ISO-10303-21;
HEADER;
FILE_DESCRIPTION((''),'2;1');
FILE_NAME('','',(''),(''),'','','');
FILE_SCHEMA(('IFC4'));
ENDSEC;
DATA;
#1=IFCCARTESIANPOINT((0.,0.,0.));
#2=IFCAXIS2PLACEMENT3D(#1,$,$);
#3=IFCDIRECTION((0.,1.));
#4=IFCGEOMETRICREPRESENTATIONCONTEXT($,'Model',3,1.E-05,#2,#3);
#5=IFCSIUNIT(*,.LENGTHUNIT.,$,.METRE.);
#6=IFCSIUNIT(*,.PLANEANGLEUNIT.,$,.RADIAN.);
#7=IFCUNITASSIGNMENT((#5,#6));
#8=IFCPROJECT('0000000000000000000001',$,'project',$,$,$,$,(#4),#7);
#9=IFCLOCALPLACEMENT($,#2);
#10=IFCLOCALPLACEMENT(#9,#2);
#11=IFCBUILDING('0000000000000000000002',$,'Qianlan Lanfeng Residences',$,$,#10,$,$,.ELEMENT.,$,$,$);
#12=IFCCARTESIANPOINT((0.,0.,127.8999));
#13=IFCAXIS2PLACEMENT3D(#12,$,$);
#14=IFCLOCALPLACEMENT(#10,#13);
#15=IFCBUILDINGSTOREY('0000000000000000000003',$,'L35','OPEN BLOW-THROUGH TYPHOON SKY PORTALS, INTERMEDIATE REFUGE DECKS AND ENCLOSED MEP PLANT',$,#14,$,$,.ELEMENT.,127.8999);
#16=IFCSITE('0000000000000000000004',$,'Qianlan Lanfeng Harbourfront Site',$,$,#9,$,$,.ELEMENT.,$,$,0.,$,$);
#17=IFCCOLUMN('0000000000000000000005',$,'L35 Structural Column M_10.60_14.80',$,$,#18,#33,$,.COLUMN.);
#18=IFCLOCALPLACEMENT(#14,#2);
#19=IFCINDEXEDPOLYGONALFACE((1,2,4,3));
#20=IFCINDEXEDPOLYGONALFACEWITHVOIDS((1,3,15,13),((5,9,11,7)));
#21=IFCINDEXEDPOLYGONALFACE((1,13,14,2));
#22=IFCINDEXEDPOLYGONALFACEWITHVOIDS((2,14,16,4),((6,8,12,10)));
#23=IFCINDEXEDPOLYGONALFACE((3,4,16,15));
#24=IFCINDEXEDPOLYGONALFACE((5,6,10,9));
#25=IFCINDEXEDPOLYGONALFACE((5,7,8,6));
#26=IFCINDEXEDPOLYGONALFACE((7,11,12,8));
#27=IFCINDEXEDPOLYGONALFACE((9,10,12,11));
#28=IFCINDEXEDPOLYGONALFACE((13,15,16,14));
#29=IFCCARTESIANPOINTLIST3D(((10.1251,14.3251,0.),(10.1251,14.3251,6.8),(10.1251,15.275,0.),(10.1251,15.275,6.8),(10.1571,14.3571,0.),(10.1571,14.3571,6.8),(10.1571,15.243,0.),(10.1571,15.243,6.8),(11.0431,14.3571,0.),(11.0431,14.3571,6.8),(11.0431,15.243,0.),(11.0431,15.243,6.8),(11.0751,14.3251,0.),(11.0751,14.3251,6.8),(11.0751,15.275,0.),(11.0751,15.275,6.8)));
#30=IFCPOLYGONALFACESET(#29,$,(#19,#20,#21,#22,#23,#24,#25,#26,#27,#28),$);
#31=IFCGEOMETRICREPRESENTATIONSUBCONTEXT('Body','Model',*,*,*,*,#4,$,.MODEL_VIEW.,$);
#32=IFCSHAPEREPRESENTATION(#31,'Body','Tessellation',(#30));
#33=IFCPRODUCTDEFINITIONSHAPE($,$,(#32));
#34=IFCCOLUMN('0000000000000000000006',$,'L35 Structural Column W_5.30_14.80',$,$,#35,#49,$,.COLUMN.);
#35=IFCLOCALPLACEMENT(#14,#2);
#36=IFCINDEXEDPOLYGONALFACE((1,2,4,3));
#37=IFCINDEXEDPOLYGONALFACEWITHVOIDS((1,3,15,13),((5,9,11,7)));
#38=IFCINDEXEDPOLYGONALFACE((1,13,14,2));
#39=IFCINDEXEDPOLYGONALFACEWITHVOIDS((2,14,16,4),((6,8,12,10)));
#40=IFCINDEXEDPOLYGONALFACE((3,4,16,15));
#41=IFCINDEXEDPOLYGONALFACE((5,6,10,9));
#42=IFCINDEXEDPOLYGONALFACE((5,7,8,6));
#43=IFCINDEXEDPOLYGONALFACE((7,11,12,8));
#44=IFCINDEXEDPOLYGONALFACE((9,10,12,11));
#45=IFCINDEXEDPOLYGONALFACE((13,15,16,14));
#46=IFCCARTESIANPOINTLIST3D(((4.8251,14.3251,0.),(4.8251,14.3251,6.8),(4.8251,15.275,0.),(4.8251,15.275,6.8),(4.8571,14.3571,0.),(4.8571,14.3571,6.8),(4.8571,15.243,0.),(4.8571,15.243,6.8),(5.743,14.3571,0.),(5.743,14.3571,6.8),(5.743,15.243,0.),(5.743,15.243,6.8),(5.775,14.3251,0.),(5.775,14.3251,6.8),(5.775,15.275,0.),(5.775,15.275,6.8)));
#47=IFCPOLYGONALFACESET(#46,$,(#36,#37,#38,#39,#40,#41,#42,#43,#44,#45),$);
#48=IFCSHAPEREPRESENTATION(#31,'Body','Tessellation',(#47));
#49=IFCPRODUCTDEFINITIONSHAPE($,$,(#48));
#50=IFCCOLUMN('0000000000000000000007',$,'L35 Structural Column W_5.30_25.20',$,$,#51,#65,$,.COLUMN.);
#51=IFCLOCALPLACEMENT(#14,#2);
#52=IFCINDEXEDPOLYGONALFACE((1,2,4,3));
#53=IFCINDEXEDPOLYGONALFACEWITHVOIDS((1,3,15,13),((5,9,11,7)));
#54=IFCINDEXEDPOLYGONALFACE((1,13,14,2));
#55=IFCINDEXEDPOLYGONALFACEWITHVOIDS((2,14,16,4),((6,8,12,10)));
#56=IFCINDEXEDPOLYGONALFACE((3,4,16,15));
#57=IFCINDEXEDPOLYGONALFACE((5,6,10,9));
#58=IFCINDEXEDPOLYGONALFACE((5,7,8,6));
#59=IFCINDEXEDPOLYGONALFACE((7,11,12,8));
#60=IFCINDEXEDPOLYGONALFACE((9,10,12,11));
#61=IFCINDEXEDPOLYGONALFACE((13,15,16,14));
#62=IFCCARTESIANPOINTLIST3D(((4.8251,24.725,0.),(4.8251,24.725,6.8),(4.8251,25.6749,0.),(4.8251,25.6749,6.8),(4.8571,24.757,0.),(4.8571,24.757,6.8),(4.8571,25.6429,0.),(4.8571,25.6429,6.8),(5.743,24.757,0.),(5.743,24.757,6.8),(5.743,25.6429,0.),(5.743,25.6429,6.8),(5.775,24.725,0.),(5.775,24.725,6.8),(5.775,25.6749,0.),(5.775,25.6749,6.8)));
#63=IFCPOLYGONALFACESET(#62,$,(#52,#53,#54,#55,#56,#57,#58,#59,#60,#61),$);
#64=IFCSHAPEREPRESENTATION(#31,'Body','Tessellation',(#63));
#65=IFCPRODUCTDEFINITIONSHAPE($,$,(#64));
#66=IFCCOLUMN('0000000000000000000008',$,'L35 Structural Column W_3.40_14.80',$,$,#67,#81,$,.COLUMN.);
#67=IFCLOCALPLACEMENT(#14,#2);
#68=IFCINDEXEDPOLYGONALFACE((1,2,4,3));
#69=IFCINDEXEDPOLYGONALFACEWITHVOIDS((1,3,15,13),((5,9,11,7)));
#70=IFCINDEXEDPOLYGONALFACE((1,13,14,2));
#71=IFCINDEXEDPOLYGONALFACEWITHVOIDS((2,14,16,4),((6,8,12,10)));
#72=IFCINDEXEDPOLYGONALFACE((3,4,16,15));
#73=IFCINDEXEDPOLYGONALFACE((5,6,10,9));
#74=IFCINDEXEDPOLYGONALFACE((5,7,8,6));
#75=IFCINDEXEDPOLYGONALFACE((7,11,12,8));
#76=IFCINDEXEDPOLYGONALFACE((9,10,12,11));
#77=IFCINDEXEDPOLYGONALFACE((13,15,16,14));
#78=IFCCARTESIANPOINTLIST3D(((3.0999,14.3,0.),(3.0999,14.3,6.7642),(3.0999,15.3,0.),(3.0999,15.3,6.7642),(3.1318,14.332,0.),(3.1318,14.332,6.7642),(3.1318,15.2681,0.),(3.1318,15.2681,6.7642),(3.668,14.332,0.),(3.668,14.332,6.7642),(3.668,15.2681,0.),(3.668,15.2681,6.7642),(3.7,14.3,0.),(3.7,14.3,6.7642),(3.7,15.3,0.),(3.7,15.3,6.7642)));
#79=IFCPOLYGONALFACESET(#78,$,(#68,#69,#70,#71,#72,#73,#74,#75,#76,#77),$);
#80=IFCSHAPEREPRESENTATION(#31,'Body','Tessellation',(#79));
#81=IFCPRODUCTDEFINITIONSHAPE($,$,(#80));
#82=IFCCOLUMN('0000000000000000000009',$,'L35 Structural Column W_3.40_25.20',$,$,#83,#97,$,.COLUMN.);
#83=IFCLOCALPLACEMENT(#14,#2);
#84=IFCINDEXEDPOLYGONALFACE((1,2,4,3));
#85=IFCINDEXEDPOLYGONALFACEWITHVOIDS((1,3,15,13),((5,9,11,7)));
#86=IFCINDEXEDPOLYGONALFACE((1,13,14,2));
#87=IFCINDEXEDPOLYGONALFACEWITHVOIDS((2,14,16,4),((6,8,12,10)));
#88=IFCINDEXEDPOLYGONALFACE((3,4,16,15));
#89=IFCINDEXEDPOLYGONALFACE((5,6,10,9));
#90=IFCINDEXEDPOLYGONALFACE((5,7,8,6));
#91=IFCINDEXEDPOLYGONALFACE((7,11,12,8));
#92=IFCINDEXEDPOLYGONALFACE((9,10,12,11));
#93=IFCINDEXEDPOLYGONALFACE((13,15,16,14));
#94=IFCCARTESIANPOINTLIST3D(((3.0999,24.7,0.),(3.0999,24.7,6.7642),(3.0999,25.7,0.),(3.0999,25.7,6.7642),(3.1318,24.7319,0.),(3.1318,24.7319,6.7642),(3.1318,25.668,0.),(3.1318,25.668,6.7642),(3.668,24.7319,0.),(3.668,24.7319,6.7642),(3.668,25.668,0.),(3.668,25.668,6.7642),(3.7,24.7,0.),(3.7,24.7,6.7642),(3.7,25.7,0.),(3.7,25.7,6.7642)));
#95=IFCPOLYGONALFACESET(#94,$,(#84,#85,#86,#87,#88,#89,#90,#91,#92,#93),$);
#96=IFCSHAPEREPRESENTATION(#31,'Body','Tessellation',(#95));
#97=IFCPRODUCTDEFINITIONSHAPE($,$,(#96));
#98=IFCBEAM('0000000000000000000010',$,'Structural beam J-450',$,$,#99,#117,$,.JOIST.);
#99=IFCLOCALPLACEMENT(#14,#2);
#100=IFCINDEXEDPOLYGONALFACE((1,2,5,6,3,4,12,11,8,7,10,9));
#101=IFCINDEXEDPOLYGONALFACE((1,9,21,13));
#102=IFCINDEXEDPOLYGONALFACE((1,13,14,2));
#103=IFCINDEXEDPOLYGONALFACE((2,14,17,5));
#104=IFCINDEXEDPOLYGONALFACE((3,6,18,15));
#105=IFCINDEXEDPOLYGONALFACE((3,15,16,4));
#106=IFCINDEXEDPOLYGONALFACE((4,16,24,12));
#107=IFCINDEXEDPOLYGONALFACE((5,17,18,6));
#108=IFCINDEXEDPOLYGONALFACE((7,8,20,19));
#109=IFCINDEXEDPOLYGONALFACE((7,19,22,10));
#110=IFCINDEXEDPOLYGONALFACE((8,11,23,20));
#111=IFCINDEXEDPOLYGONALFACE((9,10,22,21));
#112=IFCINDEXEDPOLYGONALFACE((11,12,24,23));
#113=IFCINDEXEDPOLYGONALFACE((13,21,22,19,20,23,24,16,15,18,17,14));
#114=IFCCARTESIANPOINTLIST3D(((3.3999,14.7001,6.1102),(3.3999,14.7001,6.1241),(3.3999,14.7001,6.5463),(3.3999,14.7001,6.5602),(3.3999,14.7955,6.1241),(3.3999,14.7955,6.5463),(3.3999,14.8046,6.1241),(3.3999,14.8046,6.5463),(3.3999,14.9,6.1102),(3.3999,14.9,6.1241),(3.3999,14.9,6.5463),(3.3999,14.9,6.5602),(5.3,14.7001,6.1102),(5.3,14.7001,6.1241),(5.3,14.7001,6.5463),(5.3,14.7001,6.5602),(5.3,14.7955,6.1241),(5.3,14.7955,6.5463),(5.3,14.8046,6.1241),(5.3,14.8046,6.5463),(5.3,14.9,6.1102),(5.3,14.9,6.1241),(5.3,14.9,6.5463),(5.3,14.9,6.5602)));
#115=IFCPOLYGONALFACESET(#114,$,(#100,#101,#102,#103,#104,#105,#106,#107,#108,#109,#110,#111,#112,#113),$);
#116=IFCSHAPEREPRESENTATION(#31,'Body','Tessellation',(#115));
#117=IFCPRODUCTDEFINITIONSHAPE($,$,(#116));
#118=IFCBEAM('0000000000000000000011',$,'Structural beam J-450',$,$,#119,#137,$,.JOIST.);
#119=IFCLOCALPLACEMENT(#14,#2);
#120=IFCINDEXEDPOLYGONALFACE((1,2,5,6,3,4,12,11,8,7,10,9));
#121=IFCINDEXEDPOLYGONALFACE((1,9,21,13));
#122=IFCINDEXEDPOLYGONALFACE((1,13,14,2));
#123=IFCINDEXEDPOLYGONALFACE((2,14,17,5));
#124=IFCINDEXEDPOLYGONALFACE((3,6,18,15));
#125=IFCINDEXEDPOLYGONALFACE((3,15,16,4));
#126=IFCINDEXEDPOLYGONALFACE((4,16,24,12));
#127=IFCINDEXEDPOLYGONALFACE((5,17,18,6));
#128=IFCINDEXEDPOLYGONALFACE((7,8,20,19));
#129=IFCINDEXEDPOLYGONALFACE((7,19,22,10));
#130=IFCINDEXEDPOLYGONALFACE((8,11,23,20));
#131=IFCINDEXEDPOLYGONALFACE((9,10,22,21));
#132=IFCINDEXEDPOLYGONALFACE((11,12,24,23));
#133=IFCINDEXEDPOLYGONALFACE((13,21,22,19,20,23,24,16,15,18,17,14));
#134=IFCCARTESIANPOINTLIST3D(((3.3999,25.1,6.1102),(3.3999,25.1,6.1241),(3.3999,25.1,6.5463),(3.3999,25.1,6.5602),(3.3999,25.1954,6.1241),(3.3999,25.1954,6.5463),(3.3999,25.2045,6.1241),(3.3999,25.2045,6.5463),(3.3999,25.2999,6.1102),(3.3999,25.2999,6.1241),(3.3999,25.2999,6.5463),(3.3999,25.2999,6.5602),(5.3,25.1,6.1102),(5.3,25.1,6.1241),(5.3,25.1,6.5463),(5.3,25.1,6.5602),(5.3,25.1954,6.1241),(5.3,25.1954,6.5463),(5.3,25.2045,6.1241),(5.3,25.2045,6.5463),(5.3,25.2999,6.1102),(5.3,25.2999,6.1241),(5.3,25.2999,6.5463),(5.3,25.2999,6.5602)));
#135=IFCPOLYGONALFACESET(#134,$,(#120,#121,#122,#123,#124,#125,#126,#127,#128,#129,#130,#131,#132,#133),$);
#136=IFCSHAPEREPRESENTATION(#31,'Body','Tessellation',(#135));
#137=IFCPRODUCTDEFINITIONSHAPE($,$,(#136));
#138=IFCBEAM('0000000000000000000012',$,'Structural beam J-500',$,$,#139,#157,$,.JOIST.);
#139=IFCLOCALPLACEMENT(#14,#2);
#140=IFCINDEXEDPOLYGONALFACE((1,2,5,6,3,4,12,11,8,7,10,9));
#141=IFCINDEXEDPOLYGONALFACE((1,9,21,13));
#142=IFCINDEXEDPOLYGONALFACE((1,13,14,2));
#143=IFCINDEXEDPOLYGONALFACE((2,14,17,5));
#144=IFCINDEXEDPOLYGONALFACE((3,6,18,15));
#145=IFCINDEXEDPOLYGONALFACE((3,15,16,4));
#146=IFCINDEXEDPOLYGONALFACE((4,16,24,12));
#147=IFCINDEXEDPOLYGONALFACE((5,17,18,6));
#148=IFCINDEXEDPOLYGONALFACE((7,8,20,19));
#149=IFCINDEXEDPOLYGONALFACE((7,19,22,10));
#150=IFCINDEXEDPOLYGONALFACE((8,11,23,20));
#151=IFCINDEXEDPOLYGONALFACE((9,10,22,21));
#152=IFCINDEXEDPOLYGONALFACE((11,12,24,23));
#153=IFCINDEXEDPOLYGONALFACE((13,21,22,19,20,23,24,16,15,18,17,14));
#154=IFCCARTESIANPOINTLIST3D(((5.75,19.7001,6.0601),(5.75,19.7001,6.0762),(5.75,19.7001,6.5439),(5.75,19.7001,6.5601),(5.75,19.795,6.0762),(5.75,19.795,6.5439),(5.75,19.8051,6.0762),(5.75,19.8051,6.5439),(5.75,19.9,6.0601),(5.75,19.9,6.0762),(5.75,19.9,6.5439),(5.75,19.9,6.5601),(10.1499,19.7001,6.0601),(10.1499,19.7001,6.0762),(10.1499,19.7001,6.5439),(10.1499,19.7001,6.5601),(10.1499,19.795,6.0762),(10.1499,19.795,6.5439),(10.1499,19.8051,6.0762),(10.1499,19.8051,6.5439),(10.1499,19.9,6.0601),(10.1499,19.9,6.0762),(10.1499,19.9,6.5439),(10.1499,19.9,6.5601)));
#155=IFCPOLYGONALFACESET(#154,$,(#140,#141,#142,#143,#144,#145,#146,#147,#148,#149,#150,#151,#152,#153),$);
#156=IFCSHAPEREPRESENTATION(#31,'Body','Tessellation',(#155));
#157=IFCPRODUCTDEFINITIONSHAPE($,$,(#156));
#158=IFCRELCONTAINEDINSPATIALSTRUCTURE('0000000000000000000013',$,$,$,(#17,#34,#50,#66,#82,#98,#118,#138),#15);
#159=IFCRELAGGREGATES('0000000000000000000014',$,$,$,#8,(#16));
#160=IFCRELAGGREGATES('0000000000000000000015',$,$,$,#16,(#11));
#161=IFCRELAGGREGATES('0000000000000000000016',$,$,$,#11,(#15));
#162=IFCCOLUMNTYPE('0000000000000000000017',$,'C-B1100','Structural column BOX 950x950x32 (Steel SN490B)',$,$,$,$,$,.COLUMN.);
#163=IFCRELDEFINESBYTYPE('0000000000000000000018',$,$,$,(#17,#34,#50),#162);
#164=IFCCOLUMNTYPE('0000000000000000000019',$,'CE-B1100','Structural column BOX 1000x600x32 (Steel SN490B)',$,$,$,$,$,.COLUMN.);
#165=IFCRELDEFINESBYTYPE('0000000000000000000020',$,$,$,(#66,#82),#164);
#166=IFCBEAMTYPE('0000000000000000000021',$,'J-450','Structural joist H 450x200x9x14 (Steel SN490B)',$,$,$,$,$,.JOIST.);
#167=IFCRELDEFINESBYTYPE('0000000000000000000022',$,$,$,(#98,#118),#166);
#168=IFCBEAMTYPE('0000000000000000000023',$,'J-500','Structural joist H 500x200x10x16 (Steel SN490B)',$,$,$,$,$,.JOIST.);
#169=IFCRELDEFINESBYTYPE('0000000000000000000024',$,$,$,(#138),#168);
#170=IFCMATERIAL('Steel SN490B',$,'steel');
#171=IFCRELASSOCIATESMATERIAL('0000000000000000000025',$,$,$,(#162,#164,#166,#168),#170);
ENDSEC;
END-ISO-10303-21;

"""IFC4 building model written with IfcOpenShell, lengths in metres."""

from ifc_helpers import new_model, si_unit, direction, frame, origin, origin_2d, place, context, subcontext, project, spatial, hollow_rectangle, i_section, extrude, material, material_profile, profile_set, type_object, element, save


model = new_model("IFC4")

# Units and contexts
model_context = context("Model", 3, precision=1e-05, world=origin(), true_north=direction((0.0, 1.0)))
body_context = subcontext(model_context, "Body", "Model", "MODEL_VIEW")
ifc_project = project(units=[si_unit("LENGTHUNIT", "METRE"), si_unit("PLANEANGLEUNIT", "RADIAN")], contexts=[model_context])

# Site, building, storey
site_placement = place(None, origin())
site = spatial("IfcSite", under=ifc_project, at=site_placement, Name="Qianlan Lanfeng Harbourfront Site", CompositionType="ELEMENT", RefElevation=0.0)
building_placement = place(site_placement, origin())
building = spatial("IfcBuilding", under=site, at=building_placement, Name="Qianlan Lanfeng Residences", CompositionType="ELEMENT")
storey_placement = place(building_placement, frame((0.0, 0.0, 127.8999)))
storey = spatial("IfcBuildingStorey", under=building, at=storey_placement, Name="L35", Description="OPEN BLOW-THROUGH TYPHOON SKY PORTALS, INTERMEDIATE REFUGE DECKS AND ENCLOSED MEP PLANT", CompositionType="ELEMENT", Elevation=127.8999)

# Columns
ifc_material_1 = material(Name="Steel SN490B", Category="steel")
ifc_material_profile_1 = material_profile(ifc_material_1, hollow_rectangle(XDim=0.95, YDim=0.95, WallThickness=0.032, at=origin_2d()), Name="BOX 950x950x32")
ifc_profile_set_1 = profile_set([ifc_material_profile_1], Name="Steel SN490B")
column_type_1 = type_object("IfcColumnType", Name="C-B1100", Description="Structural column BOX 950x950x32 (Steel SN490B)", PredefinedType="COLUMN", material=ifc_profile_set_1)
for number, where, z_axis, x_axis, name in (
    (1, (10.6001, 14.8, 0.0), (0.0, 0.0, 1.0), (1.0, 0.0, 0.0), "L35 Structural Column M_10.60_14.80"),
    (2, (5.3, 14.8, 0.0), (0.0, 0.0, 1.0), (1.0, 0.0, 0.0), "L35 Structural Column W_5.30_14.80"),
    (3, (5.3, 25.2, 0.0), (0.0, 0.0, 1.0), (1.0, 0.0, 0.0), "L35 Structural Column W_5.30_25.20"),
):
    element("IfcColumn", number, at=place(storey_placement, frame(where, z_axis=z_axis, x_axis=x_axis)), inside=storey, type_object=column_type_1, Name=name, PredefinedType="COLUMN", context=body_context, shape_type="SweptSolid", body=[
        extrude(hollow_rectangle(XDim=0.95, YDim=0.95, WallThickness=0.032, at=origin_2d()), origin(), (0.0, 0.0, 1.0), 6.8),
    ])
ifc_material_profile_2 = material_profile(ifc_material_1, hollow_rectangle(XDim=0.6001, YDim=1.0, WallThickness=0.032, at=origin_2d()), Name="BOX 1000x600x32")
ifc_profile_set_2 = profile_set([ifc_material_profile_2], Name="Steel SN490B")
column_type_2 = type_object("IfcColumnType", Name="CE-B1100", Description="Structural column BOX 1000x600x32 (Steel SN490B)", PredefinedType="COLUMN", material=ifc_profile_set_2)
for number, where, z_axis, x_axis, name in (
    (4, (3.3999, 14.8, 0.0), (0.0, 0.0, 1.0), (1.0, 0.0, 0.0), "L35 Structural Column W_3.40_14.80"),
    (5, (3.3999, 25.2, 0.0), (0.0, 0.0, 1.0), (1.0, 0.0, 0.0), "L35 Structural Column W_3.40_25.20"),
):
    element("IfcColumn", number, at=place(storey_placement, frame(where, z_axis=z_axis, x_axis=x_axis)), inside=storey, type_object=column_type_2, Name=name, PredefinedType="COLUMN", context=body_context, shape_type="SweptSolid", body=[
        extrude(hollow_rectangle(XDim=0.6001, YDim=1.0, WallThickness=0.032, at=origin_2d()), origin(), (0.0, 0.0, 1.0), 6.7642),
    ])

# Beams
ifc_material_profile_3 = material_profile(ifc_material_1, i_section(OverallWidth=0.2, OverallDepth=0.45, WebThickness=0.009, FlangeThickness=0.0139, at=origin_2d()), Name="H 450x200x9x14")
ifc_profile_set_3 = profile_set([ifc_material_profile_3], Name="Steel SN490B")
beam_type_1 = type_object("IfcBeamType", Name="J-450", Description="Structural joist H 450x200x9x14 (Steel SN490B)", PredefinedType="JOIST", material=ifc_profile_set_3)
for number, where, z_axis, x_axis, name in (
    (6, (3.3999, 14.8, 6.3352), (1.0, 0.0, 0.0), (0.0, 1.0, 0.0), "Structural beam J-450"),
    (7, (3.3999, 25.2, 6.3352), (1.0, 0.0, 0.0), (0.0, 1.0, 0.0), "Structural beam J-450"),
):
    element("IfcBeam", number, at=place(storey_placement, frame(where, z_axis=z_axis, x_axis=x_axis)), inside=storey, type_object=beam_type_1, Name=name, PredefinedType="JOIST", context=body_context, shape_type="SweptSolid", body=[
        extrude(i_section(OverallWidth=0.2, OverallDepth=0.45, WebThickness=0.009, FlangeThickness=0.0139, at=origin_2d()), origin(), (0.0, 0.0, 1.0), 1.9001),
    ])
ifc_material_profile_4 = material_profile(ifc_material_1, i_section(OverallWidth=0.2, OverallDepth=0.5, WebThickness=0.01, FlangeThickness=0.0161, at=origin_2d()), Name="H 500x200x10x16")
ifc_profile_set_4 = profile_set([ifc_material_profile_4], Name="Steel SN490B")
beam_type_2 = type_object("IfcBeamType", Name="J-500", Description="Structural joist H 500x200x10x16 (Steel SN490B)", PredefinedType="JOIST", material=ifc_profile_set_4)
beam_1_placement = place(storey_placement, frame((5.75, 19.8, 6.3101), z_axis=(1.0, 0.0, 0.0), x_axis=(0.0, 1.0, 0.0)))
element("IfcBeam", 8, at=beam_1_placement, inside=storey, type_object=beam_type_2, Name="Structural beam J-500", PredefinedType="JOIST", context=body_context, shape_type="SweptSolid", body=[
    extrude(i_section(OverallWidth=0.2, OverallDepth=0.5, WebThickness=0.01, FlangeThickness=0.0161, at=origin_2d()), origin(), (0.0, 0.0, 1.0), 4.3999),
])

save(model, "model.ifc")
